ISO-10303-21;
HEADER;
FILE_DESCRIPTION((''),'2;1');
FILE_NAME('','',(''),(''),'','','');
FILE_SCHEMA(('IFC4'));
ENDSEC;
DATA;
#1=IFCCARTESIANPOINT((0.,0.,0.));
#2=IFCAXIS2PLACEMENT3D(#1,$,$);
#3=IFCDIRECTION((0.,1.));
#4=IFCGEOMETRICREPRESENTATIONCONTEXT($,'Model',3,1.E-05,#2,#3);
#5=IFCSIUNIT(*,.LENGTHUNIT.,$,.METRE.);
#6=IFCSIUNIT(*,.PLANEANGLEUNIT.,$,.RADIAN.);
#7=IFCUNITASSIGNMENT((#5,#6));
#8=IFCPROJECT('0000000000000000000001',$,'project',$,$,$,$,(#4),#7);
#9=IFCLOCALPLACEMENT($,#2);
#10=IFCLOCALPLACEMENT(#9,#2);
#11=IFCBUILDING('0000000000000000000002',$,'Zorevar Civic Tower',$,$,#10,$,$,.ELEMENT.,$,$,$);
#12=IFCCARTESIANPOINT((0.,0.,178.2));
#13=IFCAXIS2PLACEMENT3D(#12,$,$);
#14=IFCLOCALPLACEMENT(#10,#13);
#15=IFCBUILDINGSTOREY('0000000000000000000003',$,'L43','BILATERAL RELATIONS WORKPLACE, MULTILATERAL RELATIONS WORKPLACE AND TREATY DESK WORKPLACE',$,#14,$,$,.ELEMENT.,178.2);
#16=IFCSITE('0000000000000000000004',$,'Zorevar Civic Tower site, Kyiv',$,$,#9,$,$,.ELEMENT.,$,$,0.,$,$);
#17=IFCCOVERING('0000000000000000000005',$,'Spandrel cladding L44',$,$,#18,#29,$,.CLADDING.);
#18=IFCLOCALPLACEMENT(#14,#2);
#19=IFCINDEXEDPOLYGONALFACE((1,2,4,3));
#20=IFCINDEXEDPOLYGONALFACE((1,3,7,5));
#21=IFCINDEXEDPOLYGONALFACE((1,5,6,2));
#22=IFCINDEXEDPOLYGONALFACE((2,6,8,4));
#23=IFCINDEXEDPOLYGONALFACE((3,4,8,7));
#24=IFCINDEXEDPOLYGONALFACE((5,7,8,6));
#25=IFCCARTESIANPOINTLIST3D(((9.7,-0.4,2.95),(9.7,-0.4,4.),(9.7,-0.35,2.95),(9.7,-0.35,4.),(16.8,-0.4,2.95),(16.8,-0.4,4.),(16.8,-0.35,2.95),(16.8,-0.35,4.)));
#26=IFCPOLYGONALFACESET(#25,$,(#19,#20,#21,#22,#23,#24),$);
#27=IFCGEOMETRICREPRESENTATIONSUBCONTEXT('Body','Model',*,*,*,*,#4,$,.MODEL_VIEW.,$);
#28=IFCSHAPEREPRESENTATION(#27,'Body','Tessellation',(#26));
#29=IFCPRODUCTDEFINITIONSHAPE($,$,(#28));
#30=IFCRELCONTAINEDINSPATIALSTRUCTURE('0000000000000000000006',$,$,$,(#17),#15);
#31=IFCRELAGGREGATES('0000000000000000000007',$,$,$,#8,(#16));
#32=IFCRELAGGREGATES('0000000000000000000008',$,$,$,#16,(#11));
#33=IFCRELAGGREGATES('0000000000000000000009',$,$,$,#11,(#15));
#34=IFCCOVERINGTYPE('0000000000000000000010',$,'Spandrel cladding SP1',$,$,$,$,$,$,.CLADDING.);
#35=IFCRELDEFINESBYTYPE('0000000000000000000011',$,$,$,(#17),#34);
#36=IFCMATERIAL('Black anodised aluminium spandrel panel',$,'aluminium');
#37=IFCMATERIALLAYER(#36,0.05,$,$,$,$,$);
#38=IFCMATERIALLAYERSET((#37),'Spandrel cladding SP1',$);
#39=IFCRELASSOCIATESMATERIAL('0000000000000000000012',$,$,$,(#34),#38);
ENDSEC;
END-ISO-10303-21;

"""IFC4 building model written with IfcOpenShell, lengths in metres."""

from ifc_helpers import new_model, si_unit, direction, frame, frame_2d, origin, place, context, subcontext, project, spatial, rectangle, extrude, material, layer, layer_set, type_object, element, save


model = new_model("IFC4")

# Units and contexts
model_context = context("Model", 3, precision=1e-05, world=origin(), true_north=direction((0.0, 1.0)))
body_context = subcontext(model_context, "Body", "Model", "MODEL_VIEW")
ifc_project = project(units=[si_unit("LENGTHUNIT", "METRE"), si_unit("PLANEANGLEUNIT", "RADIAN")], contexts=[model_context])

# Site, building, storey
site_placement = place(None, origin())
site = spatial("IfcSite", under=ifc_project, at=site_placement, Name="Zorevar Civic Tower site, Kyiv", CompositionType="ELEMENT", RefElevation=0.0)
building_placement = place(site_placement, origin())
building = spatial("IfcBuilding", under=site, at=building_placement, Name="Zorevar Civic Tower", CompositionType="ELEMENT")
storey_placement = place(building_placement, frame((0.0, 0.0, 178.2)))
storey = spatial("IfcBuildingStorey", under=building, at=storey_placement, Name="L43", Description="BILATERAL RELATIONS WORKPLACE, MULTILATERAL RELATIONS WORKPLACE AND TREATY DESK WORKPLACE", CompositionType="ELEMENT", Elevation=178.2)

# Covering
ifc_material_1 = material(Name="Black anodised aluminium spandrel panel", Category="aluminium")
ifc_layer_1 = layer(ifc_material_1, 0.05)
ifc_layer_set_1 = layer_set([ifc_layer_1], Name="Spandrel cladding SP1")
covering_type = type_object("IfcCoveringType", Name="Spandrel cladding SP1", PredefinedType="CLADDING", material=ifc_layer_set_1)
covering_placement = place(storey_placement, frame((9.7, -0.375, 2.95), z_axis=(0.0, 0.0, 1.0), x_axis=(1.0, 0.0, 0.0)))
element("IfcCovering", 1, at=covering_placement, inside=storey, type_object=covering_type, Name="Spandrel cladding L44", PredefinedType="CLADDING", context=body_context, shape_type="SweptSolid", body=[
    extrude(rectangle(XDim=7.1001, YDim=0.05, at=frame_2d((3.55, 0.0))), origin(), (0.0, 0.0, 1.0), 1.05),
])

save(model, "model.ifc")
